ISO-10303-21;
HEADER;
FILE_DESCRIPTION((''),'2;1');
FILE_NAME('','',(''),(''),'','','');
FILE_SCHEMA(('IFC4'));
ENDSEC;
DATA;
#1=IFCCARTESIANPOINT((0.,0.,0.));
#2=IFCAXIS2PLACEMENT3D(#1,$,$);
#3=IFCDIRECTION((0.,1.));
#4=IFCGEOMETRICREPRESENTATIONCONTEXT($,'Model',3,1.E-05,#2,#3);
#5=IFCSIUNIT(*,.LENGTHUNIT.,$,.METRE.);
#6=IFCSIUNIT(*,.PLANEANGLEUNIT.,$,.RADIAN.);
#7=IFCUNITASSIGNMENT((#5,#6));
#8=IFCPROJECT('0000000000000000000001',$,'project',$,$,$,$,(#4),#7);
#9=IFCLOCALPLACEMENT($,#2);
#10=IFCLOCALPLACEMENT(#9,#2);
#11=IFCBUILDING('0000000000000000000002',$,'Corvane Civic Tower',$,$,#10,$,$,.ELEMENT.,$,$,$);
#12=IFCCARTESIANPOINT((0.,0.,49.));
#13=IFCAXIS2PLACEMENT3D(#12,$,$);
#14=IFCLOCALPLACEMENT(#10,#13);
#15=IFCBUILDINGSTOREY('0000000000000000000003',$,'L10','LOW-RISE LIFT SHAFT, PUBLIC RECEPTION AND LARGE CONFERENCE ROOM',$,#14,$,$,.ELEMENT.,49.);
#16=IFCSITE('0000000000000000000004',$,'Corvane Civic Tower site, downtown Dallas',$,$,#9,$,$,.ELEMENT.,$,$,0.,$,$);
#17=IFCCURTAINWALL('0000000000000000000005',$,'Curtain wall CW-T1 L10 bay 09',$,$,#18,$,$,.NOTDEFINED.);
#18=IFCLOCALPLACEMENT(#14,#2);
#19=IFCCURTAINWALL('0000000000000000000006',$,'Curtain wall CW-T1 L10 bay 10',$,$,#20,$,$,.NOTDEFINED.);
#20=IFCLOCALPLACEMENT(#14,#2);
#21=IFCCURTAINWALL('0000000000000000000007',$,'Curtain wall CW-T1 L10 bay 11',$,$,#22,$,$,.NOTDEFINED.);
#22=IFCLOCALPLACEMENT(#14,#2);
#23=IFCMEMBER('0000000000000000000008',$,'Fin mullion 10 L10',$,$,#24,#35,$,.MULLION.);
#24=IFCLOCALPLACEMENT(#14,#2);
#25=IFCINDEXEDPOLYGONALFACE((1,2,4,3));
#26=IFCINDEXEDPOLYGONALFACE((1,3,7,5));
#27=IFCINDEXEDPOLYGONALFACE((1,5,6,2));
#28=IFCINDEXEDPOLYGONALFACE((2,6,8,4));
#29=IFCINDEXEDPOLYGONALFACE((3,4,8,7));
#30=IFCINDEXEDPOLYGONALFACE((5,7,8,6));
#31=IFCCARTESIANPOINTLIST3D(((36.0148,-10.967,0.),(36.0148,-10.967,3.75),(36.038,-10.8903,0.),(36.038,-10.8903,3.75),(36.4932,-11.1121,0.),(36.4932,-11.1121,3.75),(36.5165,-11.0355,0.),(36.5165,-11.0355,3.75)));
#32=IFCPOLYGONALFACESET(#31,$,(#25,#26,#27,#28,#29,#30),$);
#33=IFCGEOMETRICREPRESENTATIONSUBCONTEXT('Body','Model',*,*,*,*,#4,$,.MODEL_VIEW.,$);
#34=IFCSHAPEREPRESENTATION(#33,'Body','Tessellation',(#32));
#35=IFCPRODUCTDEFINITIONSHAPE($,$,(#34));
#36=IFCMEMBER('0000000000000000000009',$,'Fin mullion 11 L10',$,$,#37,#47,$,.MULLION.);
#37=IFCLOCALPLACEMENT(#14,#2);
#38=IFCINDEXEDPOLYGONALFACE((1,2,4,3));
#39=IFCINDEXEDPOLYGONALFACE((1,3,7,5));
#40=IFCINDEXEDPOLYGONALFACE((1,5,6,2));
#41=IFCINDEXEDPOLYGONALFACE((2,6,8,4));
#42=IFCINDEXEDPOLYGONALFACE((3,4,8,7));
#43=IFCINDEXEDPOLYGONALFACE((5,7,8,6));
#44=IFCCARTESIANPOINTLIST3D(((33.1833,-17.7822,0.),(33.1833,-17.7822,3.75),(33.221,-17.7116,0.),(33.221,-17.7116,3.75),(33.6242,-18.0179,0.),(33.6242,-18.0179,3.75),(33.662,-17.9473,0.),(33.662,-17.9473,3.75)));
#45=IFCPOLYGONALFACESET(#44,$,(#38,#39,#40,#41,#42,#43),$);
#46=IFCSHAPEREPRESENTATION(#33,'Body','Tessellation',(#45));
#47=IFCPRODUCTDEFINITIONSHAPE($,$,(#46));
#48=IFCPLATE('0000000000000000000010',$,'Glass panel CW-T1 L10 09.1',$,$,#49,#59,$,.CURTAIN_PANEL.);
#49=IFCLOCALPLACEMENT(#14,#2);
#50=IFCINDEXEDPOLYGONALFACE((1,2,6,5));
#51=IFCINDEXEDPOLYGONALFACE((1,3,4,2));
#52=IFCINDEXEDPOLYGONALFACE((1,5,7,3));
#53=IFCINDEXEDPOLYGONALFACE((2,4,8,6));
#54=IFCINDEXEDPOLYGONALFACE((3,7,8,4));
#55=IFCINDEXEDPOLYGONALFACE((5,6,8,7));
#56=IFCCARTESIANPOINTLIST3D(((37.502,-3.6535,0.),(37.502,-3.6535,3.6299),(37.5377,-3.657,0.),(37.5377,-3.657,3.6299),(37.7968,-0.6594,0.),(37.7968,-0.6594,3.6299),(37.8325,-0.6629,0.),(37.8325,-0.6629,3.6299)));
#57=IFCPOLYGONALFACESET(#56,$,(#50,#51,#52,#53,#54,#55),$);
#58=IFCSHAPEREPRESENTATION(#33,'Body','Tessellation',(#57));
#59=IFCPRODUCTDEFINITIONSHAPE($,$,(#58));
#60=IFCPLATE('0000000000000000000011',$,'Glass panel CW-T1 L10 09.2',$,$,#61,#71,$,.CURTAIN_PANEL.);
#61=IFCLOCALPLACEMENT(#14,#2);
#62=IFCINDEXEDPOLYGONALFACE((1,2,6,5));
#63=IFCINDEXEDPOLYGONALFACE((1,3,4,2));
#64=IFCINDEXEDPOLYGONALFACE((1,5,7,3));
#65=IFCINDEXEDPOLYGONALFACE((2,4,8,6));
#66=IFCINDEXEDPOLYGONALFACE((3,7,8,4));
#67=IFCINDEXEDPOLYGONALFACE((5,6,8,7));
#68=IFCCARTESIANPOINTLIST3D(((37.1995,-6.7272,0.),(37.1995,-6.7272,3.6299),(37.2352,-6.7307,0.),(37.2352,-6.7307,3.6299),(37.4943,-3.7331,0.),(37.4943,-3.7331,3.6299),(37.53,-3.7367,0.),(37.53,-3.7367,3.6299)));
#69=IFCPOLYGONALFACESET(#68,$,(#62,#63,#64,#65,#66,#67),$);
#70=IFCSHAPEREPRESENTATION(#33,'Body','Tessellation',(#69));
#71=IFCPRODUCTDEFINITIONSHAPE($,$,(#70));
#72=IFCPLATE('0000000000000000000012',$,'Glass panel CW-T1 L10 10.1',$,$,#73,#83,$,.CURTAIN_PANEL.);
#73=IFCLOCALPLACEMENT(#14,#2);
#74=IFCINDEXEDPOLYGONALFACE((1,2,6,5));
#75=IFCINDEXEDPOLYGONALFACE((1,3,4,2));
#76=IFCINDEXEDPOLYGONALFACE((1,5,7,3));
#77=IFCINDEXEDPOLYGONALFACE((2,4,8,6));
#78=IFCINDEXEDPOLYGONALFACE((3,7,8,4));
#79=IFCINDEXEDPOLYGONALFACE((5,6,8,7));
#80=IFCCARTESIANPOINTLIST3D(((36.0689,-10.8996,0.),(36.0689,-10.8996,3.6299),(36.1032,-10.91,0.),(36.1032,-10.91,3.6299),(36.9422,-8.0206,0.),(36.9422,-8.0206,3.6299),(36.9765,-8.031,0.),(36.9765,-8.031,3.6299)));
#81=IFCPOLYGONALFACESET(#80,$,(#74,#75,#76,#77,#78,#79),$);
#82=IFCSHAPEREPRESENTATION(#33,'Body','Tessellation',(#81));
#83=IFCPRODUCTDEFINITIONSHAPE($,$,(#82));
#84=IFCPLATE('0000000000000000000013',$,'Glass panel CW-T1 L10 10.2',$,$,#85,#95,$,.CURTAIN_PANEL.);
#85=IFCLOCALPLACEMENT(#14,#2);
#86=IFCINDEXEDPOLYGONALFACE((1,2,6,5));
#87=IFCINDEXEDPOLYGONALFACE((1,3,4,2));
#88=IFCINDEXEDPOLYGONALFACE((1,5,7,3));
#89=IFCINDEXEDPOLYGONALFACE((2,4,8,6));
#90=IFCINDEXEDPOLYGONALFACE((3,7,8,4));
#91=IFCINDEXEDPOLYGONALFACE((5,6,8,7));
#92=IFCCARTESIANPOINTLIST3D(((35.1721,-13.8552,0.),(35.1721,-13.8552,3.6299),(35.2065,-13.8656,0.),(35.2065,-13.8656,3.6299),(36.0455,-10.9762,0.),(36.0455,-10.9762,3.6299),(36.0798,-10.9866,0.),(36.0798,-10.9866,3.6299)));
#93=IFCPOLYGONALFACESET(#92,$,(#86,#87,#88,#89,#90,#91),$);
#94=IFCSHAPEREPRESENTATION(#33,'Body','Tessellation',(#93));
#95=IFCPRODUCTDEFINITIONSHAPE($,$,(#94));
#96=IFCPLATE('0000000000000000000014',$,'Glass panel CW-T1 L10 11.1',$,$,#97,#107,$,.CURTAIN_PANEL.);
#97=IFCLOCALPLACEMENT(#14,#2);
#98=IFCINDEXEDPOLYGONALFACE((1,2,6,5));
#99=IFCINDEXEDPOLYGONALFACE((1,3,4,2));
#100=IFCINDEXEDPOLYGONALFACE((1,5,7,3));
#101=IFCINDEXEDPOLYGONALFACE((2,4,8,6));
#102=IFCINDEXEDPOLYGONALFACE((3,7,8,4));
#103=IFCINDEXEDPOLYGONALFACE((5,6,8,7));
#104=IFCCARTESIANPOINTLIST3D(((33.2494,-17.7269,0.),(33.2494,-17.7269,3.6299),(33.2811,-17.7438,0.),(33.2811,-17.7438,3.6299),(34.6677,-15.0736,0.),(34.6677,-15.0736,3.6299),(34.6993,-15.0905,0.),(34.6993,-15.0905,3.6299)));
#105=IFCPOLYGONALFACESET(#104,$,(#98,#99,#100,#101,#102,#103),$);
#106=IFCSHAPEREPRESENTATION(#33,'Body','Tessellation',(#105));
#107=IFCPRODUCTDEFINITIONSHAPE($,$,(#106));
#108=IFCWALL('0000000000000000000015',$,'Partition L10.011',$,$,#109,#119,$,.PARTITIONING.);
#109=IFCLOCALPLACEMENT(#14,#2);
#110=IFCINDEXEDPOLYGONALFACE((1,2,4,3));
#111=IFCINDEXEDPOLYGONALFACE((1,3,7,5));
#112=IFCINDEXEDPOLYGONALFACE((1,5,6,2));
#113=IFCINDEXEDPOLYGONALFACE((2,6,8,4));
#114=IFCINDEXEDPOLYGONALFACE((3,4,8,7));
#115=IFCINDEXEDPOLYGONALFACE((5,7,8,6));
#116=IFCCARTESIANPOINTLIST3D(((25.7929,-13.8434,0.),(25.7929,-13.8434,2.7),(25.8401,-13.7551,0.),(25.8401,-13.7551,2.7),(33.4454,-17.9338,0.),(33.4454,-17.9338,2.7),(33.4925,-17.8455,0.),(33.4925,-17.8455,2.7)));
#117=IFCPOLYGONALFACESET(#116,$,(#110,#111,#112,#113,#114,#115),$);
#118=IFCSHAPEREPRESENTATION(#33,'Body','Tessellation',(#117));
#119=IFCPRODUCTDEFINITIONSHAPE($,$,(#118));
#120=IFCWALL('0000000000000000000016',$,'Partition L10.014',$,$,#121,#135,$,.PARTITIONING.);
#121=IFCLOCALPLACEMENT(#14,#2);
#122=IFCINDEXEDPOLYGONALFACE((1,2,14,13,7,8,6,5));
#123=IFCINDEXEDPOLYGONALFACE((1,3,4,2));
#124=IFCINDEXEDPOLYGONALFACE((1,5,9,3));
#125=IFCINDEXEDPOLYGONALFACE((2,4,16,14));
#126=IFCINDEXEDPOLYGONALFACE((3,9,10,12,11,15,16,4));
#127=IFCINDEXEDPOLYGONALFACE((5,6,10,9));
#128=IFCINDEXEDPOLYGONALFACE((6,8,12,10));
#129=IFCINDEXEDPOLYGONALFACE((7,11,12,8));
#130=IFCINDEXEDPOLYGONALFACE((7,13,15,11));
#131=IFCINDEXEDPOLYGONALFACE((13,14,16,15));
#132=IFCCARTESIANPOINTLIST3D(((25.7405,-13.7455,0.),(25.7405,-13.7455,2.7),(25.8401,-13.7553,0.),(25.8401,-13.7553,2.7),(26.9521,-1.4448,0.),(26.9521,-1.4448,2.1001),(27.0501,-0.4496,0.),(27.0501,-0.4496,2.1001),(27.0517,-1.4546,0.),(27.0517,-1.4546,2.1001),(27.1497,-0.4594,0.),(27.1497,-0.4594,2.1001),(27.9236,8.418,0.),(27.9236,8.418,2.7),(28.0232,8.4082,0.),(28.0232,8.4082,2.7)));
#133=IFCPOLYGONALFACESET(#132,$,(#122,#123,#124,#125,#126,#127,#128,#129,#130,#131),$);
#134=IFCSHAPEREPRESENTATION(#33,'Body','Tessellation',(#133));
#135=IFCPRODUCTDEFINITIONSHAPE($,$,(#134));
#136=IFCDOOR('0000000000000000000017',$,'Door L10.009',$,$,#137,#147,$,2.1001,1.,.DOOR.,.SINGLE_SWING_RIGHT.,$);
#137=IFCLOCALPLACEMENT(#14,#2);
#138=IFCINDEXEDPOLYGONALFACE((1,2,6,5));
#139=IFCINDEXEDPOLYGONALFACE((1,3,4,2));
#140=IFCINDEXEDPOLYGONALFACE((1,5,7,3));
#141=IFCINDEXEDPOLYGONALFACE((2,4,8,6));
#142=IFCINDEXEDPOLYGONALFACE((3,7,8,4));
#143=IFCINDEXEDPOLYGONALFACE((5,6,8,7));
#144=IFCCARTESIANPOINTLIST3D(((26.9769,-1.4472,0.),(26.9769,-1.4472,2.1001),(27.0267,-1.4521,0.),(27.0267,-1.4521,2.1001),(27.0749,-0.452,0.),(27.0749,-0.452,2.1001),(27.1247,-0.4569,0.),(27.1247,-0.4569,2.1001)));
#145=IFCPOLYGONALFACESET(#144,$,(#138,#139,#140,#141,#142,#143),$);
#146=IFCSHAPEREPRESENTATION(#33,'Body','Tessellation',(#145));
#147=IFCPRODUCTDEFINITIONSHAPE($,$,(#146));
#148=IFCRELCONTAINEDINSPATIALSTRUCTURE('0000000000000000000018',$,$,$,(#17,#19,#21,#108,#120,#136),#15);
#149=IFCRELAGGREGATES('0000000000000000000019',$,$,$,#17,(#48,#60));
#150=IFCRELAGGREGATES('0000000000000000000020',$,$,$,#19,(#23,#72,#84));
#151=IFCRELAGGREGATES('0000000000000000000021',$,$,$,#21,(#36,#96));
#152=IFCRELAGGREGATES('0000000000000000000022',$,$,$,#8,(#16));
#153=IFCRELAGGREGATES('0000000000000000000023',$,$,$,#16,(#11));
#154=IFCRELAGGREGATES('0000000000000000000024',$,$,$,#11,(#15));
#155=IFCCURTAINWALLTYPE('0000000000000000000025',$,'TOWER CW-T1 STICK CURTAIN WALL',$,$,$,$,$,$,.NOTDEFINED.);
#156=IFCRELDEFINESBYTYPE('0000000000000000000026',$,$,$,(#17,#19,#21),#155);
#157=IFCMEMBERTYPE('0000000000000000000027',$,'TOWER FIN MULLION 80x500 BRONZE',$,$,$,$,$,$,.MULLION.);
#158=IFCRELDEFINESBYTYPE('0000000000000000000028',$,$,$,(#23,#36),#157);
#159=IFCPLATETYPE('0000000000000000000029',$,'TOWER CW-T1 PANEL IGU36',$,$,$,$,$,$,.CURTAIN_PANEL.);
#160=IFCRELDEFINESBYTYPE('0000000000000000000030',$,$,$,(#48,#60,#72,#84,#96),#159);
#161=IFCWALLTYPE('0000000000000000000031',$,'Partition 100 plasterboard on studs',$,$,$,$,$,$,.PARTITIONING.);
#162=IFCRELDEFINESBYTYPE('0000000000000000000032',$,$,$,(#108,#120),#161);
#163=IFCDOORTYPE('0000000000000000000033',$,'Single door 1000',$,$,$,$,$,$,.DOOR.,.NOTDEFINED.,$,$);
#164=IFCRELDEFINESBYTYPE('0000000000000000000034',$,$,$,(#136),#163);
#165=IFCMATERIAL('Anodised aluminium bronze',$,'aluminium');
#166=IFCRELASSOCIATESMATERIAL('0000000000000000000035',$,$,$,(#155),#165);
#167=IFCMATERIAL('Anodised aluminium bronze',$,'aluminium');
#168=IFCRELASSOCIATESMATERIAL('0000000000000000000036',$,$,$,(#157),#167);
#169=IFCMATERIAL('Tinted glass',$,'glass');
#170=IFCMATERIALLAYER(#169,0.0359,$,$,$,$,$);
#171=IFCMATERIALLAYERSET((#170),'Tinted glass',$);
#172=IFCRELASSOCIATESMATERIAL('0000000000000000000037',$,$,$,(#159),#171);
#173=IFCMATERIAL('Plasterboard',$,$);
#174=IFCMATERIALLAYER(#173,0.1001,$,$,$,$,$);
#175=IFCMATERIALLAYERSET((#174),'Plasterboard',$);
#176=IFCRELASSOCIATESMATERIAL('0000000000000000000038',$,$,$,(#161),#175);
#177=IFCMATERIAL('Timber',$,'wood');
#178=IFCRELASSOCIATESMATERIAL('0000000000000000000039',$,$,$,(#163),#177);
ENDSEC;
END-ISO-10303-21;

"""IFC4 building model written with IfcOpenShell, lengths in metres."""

from ifc_helpers import new_model, si_unit, direction, frame, frame_2d, origin, origin_2d, place, context, subcontext, project, spatial, rectangle, extrude, material, layer, layer_set, material_profile, profile_set, type_object, element, fill, aggregate, save


model = new_model("IFC4")

# Units and contexts
model_context = context("Model", 3, precision=1e-05, world=origin(), true_north=direction((0.0, 1.0)))
body_context = subcontext(model_context, "Body", "Model", "MODEL_VIEW")
ifc_project = project(units=[si_unit("LENGTHUNIT", "METRE"), si_unit("PLANEANGLEUNIT", "RADIAN")], contexts=[model_context])

# Site, building, storey
site_placement = place(None, origin())
site = spatial("IfcSite", under=ifc_project, at=site_placement, Name="Corvane Civic Tower site, downtown Dallas", CompositionType="ELEMENT", RefElevation=0.0)
building_placement = place(site_placement, origin())
building = spatial("IfcBuilding", under=site, at=building_placement, Name="Corvane Civic Tower", CompositionType="ELEMENT")
storey_placement = place(building_placement, frame((0.0, 0.0, 49.0)))
storey = spatial("IfcBuildingStorey", under=building, at=storey_placement, Name="L10", Description="LOW-RISE LIFT SHAFT, PUBLIC RECEPTION AND LARGE CONFERENCE ROOM", CompositionType="ELEMENT", Elevation=49.0)

# Curtain walls
ifc_material_1 = material(Name="Anodised aluminium bronze", Category="aluminium")
curtain_wall_type = type_object("IfcCurtainWallType", Name="TOWER CW-T1 STICK CURTAIN WALL", PredefinedType="NOTDEFINED", material=ifc_material_1)
curtain_wall_1_placement = place(storey_placement, origin())
curtain_wall_1 = element("IfcCurtainWall", 1, at=curtain_wall_1_placement, inside=storey, type_object=curtain_wall_type, Name="Curtain wall CW-T1 L10 bay 09", PredefinedType="NOTDEFINED")
curtain_wall_2_placement = place(storey_placement, origin())
curtain_wall_2 = element("IfcCurtainWall", 2, at=curtain_wall_2_placement, inside=storey, type_object=curtain_wall_type, Name="Curtain wall CW-T1 L10 bay 10", PredefinedType="NOTDEFINED")
curtain_wall_3_placement = place(storey_placement, origin())
curtain_wall_3 = element("IfcCurtainWall", 3, at=curtain_wall_3_placement, inside=storey, type_object=curtain_wall_type, Name="Curtain wall CW-T1 L10 bay 11", PredefinedType="NOTDEFINED")

# Members
ifc_material_2 = material(Name="Anodised aluminium bronze", Category="aluminium")
ifc_material_profile_1 = material_profile(ifc_material_2, rectangle(XDim=0.0801, YDim=0.5, at=origin_2d()), Name="TOWER FIN MULLION 80x500 BRONZE")
ifc_profile_set_1 = profile_set([ifc_material_profile_1], Name="Anodised aluminium bronze")
member_type_1 = type_object("IfcMemberType", Name="TOWER FIN MULLION 80x500 BRONZE", PredefinedType="MULLION", material=ifc_profile_set_1)
member_1_placement = place(storey_placement, frame((36.2656, -11.0012, 0.0), z_axis=(0.0, 0.0, 1.0), x_axis=(-0.290278, -0.956942, 0.0)))
member_1 = element("IfcMember", 4, at=member_1_placement, type_object=member_type_1, Name="Fin mullion 10 L10", PredefinedType="MULLION", context=body_context, shape_type="SweptSolid", body=[
    extrude(rectangle(XDim=0.0801, YDim=0.5, at=origin_2d()), origin(), (0.0, 0.0, 1.0), 3.75),
])
member_2_placement = place(storey_placement, frame((33.4226, -17.8647, 0.0), z_axis=(0.0, 0.0, 1.0), x_axis=(-0.471404, -0.881918, 0.0)))
member_2 = element("IfcMember", 5, at=member_2_placement, type_object=member_type_1, Name="Fin mullion 11 L10", PredefinedType="MULLION", context=body_context, shape_type="SweptSolid", body=[
    extrude(rectangle(XDim=0.0801, YDim=0.5, at=origin_2d()), origin(), (0.0, 0.0, 1.0), 3.75),
])

# Plates
ifc_material_3 = material(Name="Tinted glass", Category="glass")
ifc_layer_1 = layer(ifc_material_3, 0.0359)
ifc_layer_set_1 = layer_set([ifc_layer_1], Name="Tinted glass")
plate_type = type_object("IfcPlateType", Name="TOWER CW-T1 PANEL IGU36", PredefinedType="CURTAIN_PANEL", material=ifc_layer_set_1)
plate_1_placement = place(storey_placement, frame((37.6672, -2.1582, 0.0), z_axis=(0.0, 0.0, 1.0), x_axis=(-0.098006, -0.995186, 0.0)))
plate_1 = element("IfcPlate", 6, at=plate_1_placement, type_object=plate_type, Name="Glass panel CW-T1 L10 09.1", PredefinedType="CURTAIN_PANEL", context=body_context, shape_type="SweptSolid", body=[
    extrude(rectangle(XDim=3.0085, YDim=0.0359, at=origin_2d()), origin(), (0.0, 0.0, 1.0), 3.6299),
])
plate_2_placement = place(storey_placement, frame((37.3647, -5.2319, 0.0), z_axis=(0.0, 0.0, 1.0), x_axis=(-0.098006, -0.995186, 0.0)))
plate_2 = element("IfcPlate", 7, at=plate_2_placement, type_object=plate_type, Name="Glass panel CW-T1 L10 09.2", PredefinedType="CURTAIN_PANEL", context=body_context, shape_type="SweptSolid", body=[
    extrude(rectangle(XDim=3.0085, YDim=0.0359, at=origin_2d()), origin(), (0.0, 0.0, 1.0), 3.6299),
])
aggregate(curtain_wall_1, [plate_1, plate_2])
plate_3_placement = place(storey_placement, frame((36.5227, -9.4653, 0.0), z_axis=(0.0, 0.0, 1.0), x_axis=(-0.290278, -0.956942, 0.0)))
plate_3 = element("IfcPlate", 8, at=plate_3_placement, type_object=plate_type, Name="Glass panel CW-T1 L10 10.1", PredefinedType="CURTAIN_PANEL", context=body_context, shape_type="SweptSolid", body=[
    extrude(rectangle(XDim=3.0085, YDim=0.0359, at=origin_2d()), origin(), (0.0, 0.0, 1.0), 3.6299),
])
plate_4_placement = place(storey_placement, frame((35.626, -12.4209, 0.0), z_axis=(0.0, 0.0, 1.0), x_axis=(-0.290278, -0.956942, 0.0)))
plate_4 = element("IfcPlate", 9, at=plate_4_placement, type_object=plate_type, Name="Glass panel CW-T1 L10 10.2", PredefinedType="CURTAIN_PANEL", context=body_context, shape_type="SweptSolid", body=[
    extrude(rectangle(XDim=3.0085, YDim=0.0359, at=origin_2d()), origin(), (0.0, 0.0, 1.0), 3.6299),
])
aggregate(curtain_wall_2, [member_1, plate_3, plate_4])
plate_5_placement = place(storey_placement, frame((33.9744, -16.4087, 0.0), z_axis=(0.0, 0.0, 1.0), x_axis=(-0.471404, -0.881918, 0.0)))
plate_5 = element("IfcPlate", 10, at=plate_5_placement, type_object=plate_type, Name="Glass panel CW-T1 L10 11.1", PredefinedType="CURTAIN_PANEL", context=body_context, shape_type="SweptSolid", body=[
    extrude(rectangle(XDim=3.0085, YDim=0.0359, at=origin_2d()), origin(), (0.0, 0.0, 1.0), 3.6299),
])
aggregate(curtain_wall_3, [member_2, plate_5])

# Wall
ifc_material_4 = material(Name="Plasterboard")
ifc_layer_2 = layer(ifc_material_4, 0.1001)
ifc_layer_set_2 = layer_set([ifc_layer_2], Name="Plasterboard")
wall_type_1 = type_object("IfcWallType", Name="Partition 100 plasterboard on studs", PredefinedType="PARTITIONING", material=ifc_layer_set_2)
wall_1_placement = place(storey_placement, frame((25.8167, -13.7993, 0.0), z_axis=(0.0, 0.0, 1.0), x_axis=(0.881918, -0.471403, 0.0)))
element("IfcWall", 11, at=wall_1_placement, inside=storey, type_object=wall_type_1, Name="Partition L10.011", PredefinedType="PARTITIONING", context=body_context, shape_type="SweptSolid", body=[
    extrude(rectangle(XDim=8.677, YDim=0.1001, at=frame_2d((4.3384, 0.0))), origin(), (0.0, 0.0, 1.0), 2.7),
])

# Wall, opening, door
wall_2_placement = place(storey_placement, frame((25.7903, -13.7502, 0.0), z_axis=(0.0, 0.0, 1.0), x_axis=(0.098025, 0.995184, 0.0)))
wall_2 = element("IfcWall", 12, at=wall_2_placement, inside=storey, type_object=wall_type_1, Name="Partition L10.014", PredefinedType="PARTITIONING", context=body_context, shape_type="SweptSolid", body=[
    extrude(rectangle(XDim=22.2708, YDim=0.1001, at=frame_2d((11.1353, 0.0))), origin(), (0.0, 0.0, 1.0), 2.7),
])
opening_1_placement = place(wall_2_placement, frame((12.3601, 0.0, 0.0)))
opening_1 = element("IfcOpeningElement", 13, at=opening_1_placement, cuts=wall_2, PredefinedType="OPENING", context=body_context, shape_type="SweptSolid", body=[
    extrude(rectangle(XDim=1.0, YDim=2.1001, at=frame_2d((0.5, 1.05))), frame((0.0, 0.0601, 0.0), z_axis=(0.0, -1.0, 0.0), x_axis=(1.0, 0.0, 0.0)), (0.0, 0.0, 1.0), 0.1201),
])
ifc_material_5 = material(Name="Timber", Category="wood")
door_type_1 = type_object("IfcDoorType", Name="Single door 1000", OperationType="NOTDEFINED", PredefinedType="DOOR", material=ifc_material_5)
door_1_placement = place(opening_1_placement, frame((1.0, 0.0, 0.0), z_axis=(0.0, 0.0, 1.0), x_axis=(-1.0, 0.0, 0.0)))
door_1 = element("IfcDoor", 14, at=door_1_placement, inside=storey, type_object=door_type_1, Name="Door L10.009", OperationType="SINGLE_SWING_RIGHT", OverallHeight=2.1001, OverallWidth=1.0, PredefinedType="DOOR", context=body_context, shape_type="SweptSolid", body=[
    extrude(rectangle(XDim=1.0, YDim=2.1001, at=frame_2d((0.5, 1.05))), frame((0.0, 0.0249, 0.0), z_axis=(0.0, -1.0, 0.0), x_axis=(1.0, 0.0, 0.0)), (0.0, 0.0, 1.0), 0.05),
])
fill(opening_1, door_1)

save(model, "model.ifc")
